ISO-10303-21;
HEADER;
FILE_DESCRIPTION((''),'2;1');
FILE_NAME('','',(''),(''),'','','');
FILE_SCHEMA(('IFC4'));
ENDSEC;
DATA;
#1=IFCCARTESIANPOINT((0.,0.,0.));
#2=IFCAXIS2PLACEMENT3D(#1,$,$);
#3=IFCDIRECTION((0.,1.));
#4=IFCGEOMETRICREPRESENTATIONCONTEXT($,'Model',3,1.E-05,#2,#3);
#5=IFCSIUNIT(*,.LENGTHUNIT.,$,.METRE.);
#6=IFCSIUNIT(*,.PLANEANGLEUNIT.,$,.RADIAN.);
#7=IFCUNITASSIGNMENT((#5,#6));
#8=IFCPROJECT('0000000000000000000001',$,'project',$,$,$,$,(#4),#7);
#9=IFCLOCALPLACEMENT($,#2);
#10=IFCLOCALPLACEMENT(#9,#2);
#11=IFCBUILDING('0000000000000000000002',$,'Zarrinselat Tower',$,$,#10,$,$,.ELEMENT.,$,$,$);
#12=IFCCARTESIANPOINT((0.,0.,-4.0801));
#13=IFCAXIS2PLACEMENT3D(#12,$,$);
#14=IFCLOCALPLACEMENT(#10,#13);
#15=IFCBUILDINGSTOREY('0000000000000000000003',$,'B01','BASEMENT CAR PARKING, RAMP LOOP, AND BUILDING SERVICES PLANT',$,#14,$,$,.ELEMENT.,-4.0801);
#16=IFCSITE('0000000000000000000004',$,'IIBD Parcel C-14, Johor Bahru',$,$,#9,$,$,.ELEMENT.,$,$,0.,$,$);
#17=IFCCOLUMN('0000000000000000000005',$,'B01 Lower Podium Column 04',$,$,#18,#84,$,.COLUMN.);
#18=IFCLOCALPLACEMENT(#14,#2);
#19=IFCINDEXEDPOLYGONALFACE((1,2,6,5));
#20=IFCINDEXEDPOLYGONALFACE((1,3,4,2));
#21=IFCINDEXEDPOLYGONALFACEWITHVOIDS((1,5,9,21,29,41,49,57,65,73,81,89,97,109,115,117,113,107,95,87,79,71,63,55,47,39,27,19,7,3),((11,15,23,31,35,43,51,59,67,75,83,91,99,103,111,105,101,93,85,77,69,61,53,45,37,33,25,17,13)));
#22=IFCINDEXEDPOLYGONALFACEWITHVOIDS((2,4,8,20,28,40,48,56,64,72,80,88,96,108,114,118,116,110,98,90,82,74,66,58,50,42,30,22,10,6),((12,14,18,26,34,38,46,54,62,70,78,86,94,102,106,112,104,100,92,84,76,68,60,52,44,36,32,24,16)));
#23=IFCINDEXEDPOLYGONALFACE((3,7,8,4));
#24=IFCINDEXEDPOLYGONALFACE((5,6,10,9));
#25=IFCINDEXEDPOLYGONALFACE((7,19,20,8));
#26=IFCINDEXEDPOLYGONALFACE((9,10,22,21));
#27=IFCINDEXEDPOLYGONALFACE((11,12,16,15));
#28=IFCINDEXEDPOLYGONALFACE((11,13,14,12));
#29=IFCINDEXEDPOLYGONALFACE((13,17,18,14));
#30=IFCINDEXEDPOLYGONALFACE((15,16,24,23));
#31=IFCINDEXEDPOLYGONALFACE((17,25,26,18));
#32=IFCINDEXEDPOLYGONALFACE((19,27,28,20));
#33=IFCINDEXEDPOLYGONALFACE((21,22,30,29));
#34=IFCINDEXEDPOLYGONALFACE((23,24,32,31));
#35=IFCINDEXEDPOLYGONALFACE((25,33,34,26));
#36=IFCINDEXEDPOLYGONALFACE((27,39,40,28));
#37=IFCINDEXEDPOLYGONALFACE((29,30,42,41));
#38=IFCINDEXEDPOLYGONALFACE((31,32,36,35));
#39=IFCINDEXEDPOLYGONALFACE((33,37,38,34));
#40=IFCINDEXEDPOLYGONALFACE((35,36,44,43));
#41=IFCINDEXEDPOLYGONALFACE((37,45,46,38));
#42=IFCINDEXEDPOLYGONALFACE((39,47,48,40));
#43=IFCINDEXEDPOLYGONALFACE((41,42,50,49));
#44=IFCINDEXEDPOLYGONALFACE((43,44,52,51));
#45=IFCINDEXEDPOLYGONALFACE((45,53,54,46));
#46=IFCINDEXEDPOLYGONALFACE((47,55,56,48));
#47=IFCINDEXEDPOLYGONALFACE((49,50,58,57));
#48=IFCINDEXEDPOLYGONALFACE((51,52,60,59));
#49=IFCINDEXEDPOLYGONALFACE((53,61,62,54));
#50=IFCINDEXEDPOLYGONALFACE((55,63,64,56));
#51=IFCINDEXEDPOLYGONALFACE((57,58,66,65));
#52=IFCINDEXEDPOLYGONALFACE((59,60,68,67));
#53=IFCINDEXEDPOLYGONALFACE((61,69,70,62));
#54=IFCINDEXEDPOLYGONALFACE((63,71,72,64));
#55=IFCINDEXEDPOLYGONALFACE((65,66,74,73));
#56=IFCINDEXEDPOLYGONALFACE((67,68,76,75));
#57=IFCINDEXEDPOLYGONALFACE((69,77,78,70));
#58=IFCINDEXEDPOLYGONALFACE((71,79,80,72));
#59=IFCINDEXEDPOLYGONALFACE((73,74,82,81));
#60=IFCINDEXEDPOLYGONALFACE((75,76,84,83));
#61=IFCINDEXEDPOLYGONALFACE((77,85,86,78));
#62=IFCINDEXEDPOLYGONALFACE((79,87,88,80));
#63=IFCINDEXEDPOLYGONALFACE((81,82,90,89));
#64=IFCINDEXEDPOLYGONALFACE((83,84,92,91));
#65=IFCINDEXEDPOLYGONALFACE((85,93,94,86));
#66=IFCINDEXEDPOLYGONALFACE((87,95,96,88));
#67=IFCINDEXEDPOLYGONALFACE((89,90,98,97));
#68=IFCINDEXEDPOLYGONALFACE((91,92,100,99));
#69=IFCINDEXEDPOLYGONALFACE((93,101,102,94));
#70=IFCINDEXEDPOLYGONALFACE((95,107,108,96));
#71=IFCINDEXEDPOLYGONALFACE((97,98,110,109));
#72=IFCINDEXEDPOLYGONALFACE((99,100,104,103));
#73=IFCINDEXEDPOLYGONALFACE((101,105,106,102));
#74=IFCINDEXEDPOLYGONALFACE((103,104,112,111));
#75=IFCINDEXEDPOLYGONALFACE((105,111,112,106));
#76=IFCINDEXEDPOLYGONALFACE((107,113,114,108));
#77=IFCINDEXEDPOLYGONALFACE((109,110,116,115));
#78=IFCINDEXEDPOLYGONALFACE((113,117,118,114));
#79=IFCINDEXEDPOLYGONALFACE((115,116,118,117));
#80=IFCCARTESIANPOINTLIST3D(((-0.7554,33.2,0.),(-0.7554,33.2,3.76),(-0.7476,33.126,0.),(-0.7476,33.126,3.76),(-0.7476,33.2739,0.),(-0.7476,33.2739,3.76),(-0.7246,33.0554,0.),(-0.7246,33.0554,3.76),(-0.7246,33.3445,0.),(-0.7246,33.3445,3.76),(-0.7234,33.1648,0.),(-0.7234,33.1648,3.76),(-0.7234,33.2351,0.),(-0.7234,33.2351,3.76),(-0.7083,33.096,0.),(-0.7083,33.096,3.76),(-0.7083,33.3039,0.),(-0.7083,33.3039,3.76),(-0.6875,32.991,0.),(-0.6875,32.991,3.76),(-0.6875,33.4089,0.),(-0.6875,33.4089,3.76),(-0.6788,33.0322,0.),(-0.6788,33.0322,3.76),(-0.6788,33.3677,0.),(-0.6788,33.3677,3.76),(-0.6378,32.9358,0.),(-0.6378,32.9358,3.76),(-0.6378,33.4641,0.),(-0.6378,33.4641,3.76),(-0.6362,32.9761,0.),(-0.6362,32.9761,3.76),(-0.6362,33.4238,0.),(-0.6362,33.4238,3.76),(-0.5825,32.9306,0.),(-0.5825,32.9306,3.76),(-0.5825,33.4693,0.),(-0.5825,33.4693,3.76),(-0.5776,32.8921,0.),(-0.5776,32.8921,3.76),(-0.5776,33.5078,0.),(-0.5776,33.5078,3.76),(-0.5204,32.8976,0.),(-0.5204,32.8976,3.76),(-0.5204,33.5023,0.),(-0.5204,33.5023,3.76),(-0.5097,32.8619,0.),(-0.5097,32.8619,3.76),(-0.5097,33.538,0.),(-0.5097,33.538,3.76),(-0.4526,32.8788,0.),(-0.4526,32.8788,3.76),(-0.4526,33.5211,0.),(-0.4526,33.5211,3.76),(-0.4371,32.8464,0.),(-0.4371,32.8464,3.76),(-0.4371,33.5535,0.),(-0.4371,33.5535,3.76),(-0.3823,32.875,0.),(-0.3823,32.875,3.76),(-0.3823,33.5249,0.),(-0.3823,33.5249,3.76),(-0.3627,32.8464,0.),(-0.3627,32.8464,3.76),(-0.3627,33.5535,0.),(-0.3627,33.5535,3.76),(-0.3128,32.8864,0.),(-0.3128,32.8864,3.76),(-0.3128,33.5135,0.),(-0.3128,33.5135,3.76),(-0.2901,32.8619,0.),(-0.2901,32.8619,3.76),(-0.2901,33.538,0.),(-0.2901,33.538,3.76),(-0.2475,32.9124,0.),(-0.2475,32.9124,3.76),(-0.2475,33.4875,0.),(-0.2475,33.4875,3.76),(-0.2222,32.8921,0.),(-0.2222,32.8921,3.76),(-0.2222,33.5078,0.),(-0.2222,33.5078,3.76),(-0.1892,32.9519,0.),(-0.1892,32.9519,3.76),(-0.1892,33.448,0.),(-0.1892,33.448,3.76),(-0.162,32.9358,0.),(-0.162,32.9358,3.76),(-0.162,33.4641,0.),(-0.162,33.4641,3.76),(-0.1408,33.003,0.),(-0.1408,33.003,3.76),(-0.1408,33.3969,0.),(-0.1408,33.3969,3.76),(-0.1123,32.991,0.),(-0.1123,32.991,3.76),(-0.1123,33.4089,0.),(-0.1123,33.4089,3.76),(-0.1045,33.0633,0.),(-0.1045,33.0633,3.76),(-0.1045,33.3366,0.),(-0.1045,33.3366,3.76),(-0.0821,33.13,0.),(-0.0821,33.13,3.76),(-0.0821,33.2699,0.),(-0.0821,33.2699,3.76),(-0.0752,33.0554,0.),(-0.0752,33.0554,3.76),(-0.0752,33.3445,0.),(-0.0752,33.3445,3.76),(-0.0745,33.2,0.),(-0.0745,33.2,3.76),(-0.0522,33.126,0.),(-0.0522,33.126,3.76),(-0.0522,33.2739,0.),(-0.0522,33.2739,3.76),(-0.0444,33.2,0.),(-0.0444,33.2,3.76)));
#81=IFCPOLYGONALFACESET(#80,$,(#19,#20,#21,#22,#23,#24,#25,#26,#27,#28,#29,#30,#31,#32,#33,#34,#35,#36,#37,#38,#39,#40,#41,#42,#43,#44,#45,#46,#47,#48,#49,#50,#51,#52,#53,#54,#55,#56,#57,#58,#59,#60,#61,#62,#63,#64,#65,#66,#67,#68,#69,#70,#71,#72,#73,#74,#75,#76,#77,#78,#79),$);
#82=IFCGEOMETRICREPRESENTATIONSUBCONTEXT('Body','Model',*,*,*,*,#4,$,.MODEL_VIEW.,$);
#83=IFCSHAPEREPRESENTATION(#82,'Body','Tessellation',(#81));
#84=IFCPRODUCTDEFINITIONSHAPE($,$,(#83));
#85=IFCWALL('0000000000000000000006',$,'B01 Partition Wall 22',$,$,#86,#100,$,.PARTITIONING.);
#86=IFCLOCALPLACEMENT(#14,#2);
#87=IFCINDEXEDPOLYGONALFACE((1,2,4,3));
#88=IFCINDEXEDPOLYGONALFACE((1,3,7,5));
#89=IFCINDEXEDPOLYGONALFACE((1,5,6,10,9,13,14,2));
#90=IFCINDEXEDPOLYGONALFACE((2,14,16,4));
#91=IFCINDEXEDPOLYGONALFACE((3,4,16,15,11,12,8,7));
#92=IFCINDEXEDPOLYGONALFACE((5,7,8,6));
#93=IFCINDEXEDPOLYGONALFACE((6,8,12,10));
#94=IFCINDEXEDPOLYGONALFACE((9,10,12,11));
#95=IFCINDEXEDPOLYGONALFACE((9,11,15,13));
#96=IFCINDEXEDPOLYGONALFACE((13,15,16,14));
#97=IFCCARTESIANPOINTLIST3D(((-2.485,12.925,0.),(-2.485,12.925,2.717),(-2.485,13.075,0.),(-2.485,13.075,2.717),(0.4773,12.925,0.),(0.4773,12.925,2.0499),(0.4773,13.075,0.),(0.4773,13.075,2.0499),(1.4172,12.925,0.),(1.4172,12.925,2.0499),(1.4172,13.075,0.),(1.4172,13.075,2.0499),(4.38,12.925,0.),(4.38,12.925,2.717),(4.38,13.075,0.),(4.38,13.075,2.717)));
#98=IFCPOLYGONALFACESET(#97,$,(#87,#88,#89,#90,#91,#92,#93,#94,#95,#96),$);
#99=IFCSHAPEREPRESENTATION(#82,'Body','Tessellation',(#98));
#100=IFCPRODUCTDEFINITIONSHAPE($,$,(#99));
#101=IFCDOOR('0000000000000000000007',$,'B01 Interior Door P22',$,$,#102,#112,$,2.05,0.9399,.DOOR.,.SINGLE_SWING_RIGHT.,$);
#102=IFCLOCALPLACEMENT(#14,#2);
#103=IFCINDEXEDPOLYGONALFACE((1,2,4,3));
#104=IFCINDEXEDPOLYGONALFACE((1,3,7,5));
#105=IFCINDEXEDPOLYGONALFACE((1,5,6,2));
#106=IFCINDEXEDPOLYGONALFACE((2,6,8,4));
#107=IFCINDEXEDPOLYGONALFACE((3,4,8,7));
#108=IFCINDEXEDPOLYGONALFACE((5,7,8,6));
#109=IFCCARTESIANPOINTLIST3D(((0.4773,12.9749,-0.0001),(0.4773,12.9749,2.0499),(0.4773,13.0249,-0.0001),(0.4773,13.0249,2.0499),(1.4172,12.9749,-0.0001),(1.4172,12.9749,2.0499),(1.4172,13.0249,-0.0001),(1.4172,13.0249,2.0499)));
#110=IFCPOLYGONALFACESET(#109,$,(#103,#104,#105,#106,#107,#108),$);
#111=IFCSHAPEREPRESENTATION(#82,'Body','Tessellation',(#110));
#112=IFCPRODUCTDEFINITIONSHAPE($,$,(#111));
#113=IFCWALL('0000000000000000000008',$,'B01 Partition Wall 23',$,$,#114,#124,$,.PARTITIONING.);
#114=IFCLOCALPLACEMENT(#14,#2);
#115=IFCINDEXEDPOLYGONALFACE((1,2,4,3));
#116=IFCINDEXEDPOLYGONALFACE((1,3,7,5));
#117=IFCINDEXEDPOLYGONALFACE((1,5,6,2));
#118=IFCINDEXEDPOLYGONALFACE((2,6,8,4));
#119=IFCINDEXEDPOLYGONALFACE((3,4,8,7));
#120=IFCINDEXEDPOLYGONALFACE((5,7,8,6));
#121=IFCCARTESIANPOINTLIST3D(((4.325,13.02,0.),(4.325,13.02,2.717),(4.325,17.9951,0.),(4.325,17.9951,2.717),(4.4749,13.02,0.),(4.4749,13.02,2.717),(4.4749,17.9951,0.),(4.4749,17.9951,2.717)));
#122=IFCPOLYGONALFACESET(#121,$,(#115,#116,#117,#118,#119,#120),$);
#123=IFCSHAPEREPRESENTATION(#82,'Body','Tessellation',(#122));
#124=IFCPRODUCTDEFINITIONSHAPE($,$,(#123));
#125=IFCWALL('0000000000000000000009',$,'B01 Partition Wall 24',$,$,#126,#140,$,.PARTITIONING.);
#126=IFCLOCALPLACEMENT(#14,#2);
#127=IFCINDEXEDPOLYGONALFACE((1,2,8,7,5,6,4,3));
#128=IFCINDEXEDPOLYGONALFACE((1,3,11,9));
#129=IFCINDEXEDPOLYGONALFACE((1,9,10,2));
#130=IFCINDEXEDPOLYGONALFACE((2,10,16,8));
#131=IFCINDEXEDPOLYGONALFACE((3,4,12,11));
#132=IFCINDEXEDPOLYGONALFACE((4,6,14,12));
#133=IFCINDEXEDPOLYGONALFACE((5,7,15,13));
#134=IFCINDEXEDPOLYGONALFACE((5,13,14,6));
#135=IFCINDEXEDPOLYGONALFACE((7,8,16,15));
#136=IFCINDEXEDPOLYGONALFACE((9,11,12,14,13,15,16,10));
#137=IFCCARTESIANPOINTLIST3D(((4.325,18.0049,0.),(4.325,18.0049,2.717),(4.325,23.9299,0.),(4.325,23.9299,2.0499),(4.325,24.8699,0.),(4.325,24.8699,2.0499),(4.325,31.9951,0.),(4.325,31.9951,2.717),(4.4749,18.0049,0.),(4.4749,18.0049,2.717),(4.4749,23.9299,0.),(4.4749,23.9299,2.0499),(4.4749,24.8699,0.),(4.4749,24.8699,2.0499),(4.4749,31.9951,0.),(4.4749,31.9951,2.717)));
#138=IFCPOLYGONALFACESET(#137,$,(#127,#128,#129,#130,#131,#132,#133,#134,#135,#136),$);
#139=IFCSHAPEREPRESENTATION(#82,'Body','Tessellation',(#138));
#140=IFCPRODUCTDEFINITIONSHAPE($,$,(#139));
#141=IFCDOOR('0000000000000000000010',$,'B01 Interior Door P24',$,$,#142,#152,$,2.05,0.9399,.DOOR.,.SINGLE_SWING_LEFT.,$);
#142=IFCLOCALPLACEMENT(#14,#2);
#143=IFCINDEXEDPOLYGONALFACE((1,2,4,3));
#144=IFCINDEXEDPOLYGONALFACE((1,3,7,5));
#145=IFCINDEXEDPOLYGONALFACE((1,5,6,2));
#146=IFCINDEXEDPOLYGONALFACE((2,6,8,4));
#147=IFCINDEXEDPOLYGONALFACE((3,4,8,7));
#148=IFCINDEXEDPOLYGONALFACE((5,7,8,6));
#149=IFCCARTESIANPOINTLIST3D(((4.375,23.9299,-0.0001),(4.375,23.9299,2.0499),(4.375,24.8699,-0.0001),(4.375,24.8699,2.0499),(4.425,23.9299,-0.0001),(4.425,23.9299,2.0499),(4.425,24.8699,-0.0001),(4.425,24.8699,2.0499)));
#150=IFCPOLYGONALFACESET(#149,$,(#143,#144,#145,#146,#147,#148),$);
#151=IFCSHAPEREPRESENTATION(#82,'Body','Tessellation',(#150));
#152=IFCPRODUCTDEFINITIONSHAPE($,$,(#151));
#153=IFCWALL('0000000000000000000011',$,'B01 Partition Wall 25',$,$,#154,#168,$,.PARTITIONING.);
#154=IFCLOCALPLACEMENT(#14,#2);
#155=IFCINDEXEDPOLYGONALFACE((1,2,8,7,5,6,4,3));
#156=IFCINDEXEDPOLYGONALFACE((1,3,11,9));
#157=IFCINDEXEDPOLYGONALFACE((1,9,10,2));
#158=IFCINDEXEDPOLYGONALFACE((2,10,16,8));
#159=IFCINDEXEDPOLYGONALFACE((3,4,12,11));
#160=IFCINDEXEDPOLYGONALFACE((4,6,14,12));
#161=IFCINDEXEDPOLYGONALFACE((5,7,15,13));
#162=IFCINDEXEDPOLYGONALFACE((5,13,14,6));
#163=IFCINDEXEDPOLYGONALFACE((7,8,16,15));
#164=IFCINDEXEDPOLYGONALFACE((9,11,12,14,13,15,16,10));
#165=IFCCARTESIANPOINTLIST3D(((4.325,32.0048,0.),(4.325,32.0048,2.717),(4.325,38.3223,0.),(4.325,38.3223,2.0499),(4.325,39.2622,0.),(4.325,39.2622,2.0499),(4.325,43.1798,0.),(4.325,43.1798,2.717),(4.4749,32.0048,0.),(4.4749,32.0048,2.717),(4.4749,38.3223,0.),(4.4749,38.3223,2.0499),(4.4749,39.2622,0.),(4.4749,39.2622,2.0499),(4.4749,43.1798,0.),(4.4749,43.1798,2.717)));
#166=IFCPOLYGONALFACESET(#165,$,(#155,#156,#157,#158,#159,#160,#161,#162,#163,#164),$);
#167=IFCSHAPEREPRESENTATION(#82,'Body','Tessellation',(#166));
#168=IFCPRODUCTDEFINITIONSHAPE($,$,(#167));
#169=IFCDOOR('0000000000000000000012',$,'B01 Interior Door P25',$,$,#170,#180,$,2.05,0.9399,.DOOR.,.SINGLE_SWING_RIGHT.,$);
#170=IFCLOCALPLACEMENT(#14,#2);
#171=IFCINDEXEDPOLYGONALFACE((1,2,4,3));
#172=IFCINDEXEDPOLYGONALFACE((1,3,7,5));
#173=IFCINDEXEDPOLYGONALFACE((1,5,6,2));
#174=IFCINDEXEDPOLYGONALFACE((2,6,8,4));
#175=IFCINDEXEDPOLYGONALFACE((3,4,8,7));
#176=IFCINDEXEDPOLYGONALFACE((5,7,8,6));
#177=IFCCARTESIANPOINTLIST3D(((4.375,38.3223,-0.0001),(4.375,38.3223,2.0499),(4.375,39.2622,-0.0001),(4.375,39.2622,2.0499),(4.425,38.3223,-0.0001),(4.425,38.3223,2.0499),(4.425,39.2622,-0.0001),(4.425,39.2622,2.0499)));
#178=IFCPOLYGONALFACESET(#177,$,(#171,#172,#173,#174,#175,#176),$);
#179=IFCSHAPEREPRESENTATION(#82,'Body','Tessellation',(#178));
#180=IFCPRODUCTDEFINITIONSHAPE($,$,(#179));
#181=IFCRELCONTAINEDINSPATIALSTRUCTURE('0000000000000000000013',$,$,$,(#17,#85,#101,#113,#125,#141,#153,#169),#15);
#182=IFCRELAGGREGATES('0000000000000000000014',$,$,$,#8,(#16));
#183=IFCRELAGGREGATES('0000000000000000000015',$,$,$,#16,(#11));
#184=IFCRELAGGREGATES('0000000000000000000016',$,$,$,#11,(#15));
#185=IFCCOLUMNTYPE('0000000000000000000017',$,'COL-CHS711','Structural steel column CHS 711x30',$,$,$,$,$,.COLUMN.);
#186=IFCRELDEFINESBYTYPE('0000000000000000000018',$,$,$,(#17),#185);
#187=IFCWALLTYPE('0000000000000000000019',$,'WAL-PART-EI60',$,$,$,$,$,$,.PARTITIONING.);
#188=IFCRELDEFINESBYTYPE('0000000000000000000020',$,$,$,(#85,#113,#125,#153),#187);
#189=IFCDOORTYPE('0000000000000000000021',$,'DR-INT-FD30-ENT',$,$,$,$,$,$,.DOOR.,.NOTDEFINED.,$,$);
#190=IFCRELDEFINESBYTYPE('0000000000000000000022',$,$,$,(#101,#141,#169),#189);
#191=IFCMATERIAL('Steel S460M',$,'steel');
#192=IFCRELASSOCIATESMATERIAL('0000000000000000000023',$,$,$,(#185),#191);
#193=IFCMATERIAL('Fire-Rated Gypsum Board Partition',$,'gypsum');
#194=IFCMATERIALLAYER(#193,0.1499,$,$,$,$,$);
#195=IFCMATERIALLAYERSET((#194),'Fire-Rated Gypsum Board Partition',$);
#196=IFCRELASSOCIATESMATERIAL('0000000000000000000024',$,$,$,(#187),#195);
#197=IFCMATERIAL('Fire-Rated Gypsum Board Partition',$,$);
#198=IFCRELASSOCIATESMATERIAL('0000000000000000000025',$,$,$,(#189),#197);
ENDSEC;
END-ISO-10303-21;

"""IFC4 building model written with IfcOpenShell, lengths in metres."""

from ifc_helpers import new_model, si_unit, direction, frame, frame_2d, origin, origin_2d, place, context, subcontext, project, spatial, rectangle, hollow_circle, extrude, material, layer, layer_set, material_profile, profile_set, type_object, element, fill, save


model = new_model("IFC4")

# Units and contexts
model_context = context("Model", 3, precision=1e-05, world=origin(), true_north=direction((0.0, 1.0)))
body_context = subcontext(model_context, "Body", "Model", "MODEL_VIEW")
ifc_project = project(units=[si_unit("LENGTHUNIT", "METRE"), si_unit("PLANEANGLEUNIT", "RADIAN")], contexts=[model_context])

# Site, building, storey
site_placement = place(None, origin())
site = spatial("IfcSite", under=ifc_project, at=site_placement, Name="IIBD Parcel C-14, Johor Bahru", CompositionType="ELEMENT", RefElevation=0.0)
building_placement = place(site_placement, origin())
building = spatial("IfcBuilding", under=site, at=building_placement, Name="Zarrinselat Tower", CompositionType="ELEMENT")
storey_placement = place(building_placement, frame((0.0, 0.0, -4.0801)))
storey = spatial("IfcBuildingStorey", under=building, at=storey_placement, Name="B01", Description="BASEMENT CAR PARKING, RAMP LOOP, AND BUILDING SERVICES PLANT", CompositionType="ELEMENT", Elevation=-4.0801)

# Column
ifc_material_1 = material(Name="Steel S460M", Category="steel")
ifc_material_profile_1 = material_profile(ifc_material_1, hollow_circle(Radius=0.3555, WallThickness=0.03, at=origin_2d()), Name="CHS 711x30")
ifc_profile_set_1 = profile_set([ifc_material_profile_1], Name="Steel S460M")
column_type_1 = type_object("IfcColumnType", Name="COL-CHS711", Description="Structural steel column CHS 711x30", PredefinedType="COLUMN", material=ifc_profile_set_1)
for number, where, z_axis, x_axis, name in (
    (1, (-0.3999, 33.2, 0.0), (0.0, 0.0, 1.0), (1.0, 0.0, 0.0), "B01 Lower Podium Column 04"),
):
    element("IfcColumn", number, at=place(storey_placement, frame(where, z_axis=z_axis, x_axis=x_axis)), inside=storey, type_object=column_type_1, Name=name, PredefinedType="COLUMN", context=body_context, shape_type="SweptSolid", body=[
        extrude(hollow_circle(Radius=0.3555, WallThickness=0.03, at=origin_2d()), origin(), (0.0, 0.0, 1.0), 3.76),
    ])

# Wall, opening, door
ifc_material_2 = material(Name="Fire-Rated Gypsum Board Partition", Category="gypsum")
ifc_layer_1 = layer(ifc_material_2, 0.1499)
ifc_layer_set_1 = layer_set([ifc_layer_1], Name="Fire-Rated Gypsum Board Partition")
wall_type_1 = type_object("IfcWallType", Name="WAL-PART-EI60", PredefinedType="PARTITIONING", material=ifc_layer_set_1)
wall_1_placement = place(storey_placement, frame((-2.4851, 13.0, 0.0), z_axis=(0.0, 0.0, 1.0), x_axis=(1.0, 0.0, 0.0)))
wall_1 = element("IfcWall", 2, at=wall_1_placement, inside=storey, type_object=wall_type_1, Name="B01 Partition Wall 22", PredefinedType="PARTITIONING", context=body_context, shape_type="SweptSolid", body=[
    extrude(rectangle(XDim=6.865, YDim=0.1499, at=frame_2d((3.4326, 0.0))), origin(), (0.0, 0.0, 1.0), 2.717),
])
opening_1_placement = place(wall_1_placement, frame((2.9624, 0.0, 0.0)))
opening_1 = element("IfcOpeningElement", 3, at=opening_1_placement, cuts=wall_1, PredefinedType="OPENING", context=body_context, shape_type="SweptSolid", body=[
    extrude(rectangle(XDim=0.9399, YDim=2.05, at=frame_2d((0.47, 1.0249))), frame((0.0, 0.085, 0.0), z_axis=(0.0, -1.0, 0.0), x_axis=(1.0, 0.0, 0.0)), (0.0, 0.0, 1.0), 0.1699),
])
ifc_material_3 = material(Name="Fire-Rated Gypsum Board Partition")
door_type = type_object("IfcDoorType", Name="DR-INT-FD30-ENT", OperationType="NOTDEFINED", PredefinedType="DOOR", material=ifc_material_3)
door_1_placement = place(opening_1_placement, origin())
door_1 = element("IfcDoor", 4, at=door_1_placement, inside=storey, type_object=door_type, Name="B01 Interior Door P22", OperationType="SINGLE_SWING_RIGHT", OverallHeight=2.05, OverallWidth=0.9399, PredefinedType="DOOR", context=body_context, shape_type="SweptSolid", body=[
    extrude(rectangle(XDim=0.9399, YDim=2.05, at=frame_2d((0.47, 1.0249))), frame((0.0, 0.0249, 0.0), z_axis=(0.0, -1.0, 0.0), x_axis=(1.0, 0.0, 0.0)), (0.0, 0.0, 1.0), 0.05),
])
fill(opening_1, door_1)

# Wall
wall_2_placement = place(storey_placement, frame((4.3999, 13.02, 0.0), z_axis=(0.0, 0.0, 1.0), x_axis=(0.0, 1.0, 0.0)))
element("IfcWall", 5, at=wall_2_placement, inside=storey, type_object=wall_type_1, Name="B01 Partition Wall 23", PredefinedType="PARTITIONING", context=body_context, shape_type="SweptSolid", body=[
    extrude(rectangle(XDim=4.9751, YDim=0.1499, at=frame_2d((2.4875, 0.0))), origin(), (0.0, 0.0, 1.0), 2.717),
])

# Walls, openings, doors
wall_3_placement = place(storey_placement, frame((4.3999, 18.0049, 0.0), z_axis=(0.0, 0.0, 1.0), x_axis=(0.0, 1.0, 0.0)))
wall_3 = element("IfcWall", 6, at=wall_3_placement, inside=storey, type_object=wall_type_1, Name="B01 Partition Wall 24", PredefinedType="PARTITIONING", context=body_context, shape_type="SweptSolid", body=[
    extrude(rectangle(XDim=13.9902, YDim=0.1499, at=frame_2d((6.9951, 0.0))), origin(), (0.0, 0.0, 1.0), 2.717),
])
opening_2_placement = place(wall_3_placement, frame((5.925, 0.0, 0.0)))
opening_2 = element("IfcOpeningElement", 7, at=opening_2_placement, cuts=wall_3, PredefinedType="OPENING", context=body_context, shape_type="SweptSolid", body=[
    extrude(rectangle(XDim=0.9399, YDim=2.05, at=frame_2d((0.47, 1.0249))), frame((0.0, 0.085, 0.0), z_axis=(0.0, -1.0, 0.0), x_axis=(1.0, 0.0, 0.0)), (0.0, 0.0, 1.0), 0.1699),
])
door_2_placement = place(opening_2_placement, origin())
door_2 = element("IfcDoor", 8, at=door_2_placement, inside=storey, type_object=door_type, Name="B01 Interior Door P24", OperationType="SINGLE_SWING_LEFT", OverallHeight=2.05, OverallWidth=0.9399, PredefinedType="DOOR", context=body_context, shape_type="SweptSolid", body=[
    extrude(rectangle(XDim=0.9399, YDim=2.05, at=frame_2d((0.47, 1.0249))), frame((0.0, 0.0249, 0.0), z_axis=(0.0, -1.0, 0.0), x_axis=(1.0, 0.0, 0.0)), (0.0, 0.0, 1.0), 0.05),
])
fill(opening_2, door_2)
wall_4_placement = place(storey_placement, frame((4.3999, 32.0049, 0.0), z_axis=(0.0, 0.0, 1.0), x_axis=(0.0, 1.0, 0.0)))
wall_4 = element("IfcWall", 9, at=wall_4_placement, inside=storey, type_object=wall_type_1, Name="B01 Partition Wall 25", PredefinedType="PARTITIONING", context=body_context, shape_type="SweptSolid", body=[
    extrude(rectangle(XDim=11.175, YDim=0.1499, at=frame_2d((5.5874, 0.0))), origin(), (0.0, 0.0, 1.0), 2.717),
])
opening_3_placement = place(wall_4_placement, frame((6.3174, 0.0, 0.0)))
opening_3 = element("IfcOpeningElement", 10, at=opening_3_placement, cuts=wall_4, PredefinedType="OPENING", context=body_context, shape_type="SweptSolid", body=[
    extrude(rectangle(XDim=0.9399, YDim=2.05, at=frame_2d((0.47, 1.0249))), frame((0.0, 0.085, 0.0), z_axis=(0.0, -1.0, 0.0), x_axis=(1.0, 0.0, 0.0)), (0.0, 0.0, 1.0), 0.1699),
])
door_3_placement = place(opening_3_placement, origin())
door_3 = element("IfcDoor", 11, at=door_3_placement, inside=storey, type_object=door_type, Name="B01 Interior Door P25", OperationType="SINGLE_SWING_RIGHT", OverallHeight=2.05, OverallWidth=0.9399, PredefinedType="DOOR", context=body_context, shape_type="SweptSolid", body=[
    extrude(rectangle(XDim=0.9399, YDim=2.05, at=frame_2d((0.47, 1.0249))), frame((0.0, 0.0249, 0.0), z_axis=(0.0, -1.0, 0.0), x_axis=(1.0, 0.0, 0.0)), (0.0, 0.0, 1.0), 0.05),
])
fill(opening_3, door_3)

save(model, "model.ifc")
